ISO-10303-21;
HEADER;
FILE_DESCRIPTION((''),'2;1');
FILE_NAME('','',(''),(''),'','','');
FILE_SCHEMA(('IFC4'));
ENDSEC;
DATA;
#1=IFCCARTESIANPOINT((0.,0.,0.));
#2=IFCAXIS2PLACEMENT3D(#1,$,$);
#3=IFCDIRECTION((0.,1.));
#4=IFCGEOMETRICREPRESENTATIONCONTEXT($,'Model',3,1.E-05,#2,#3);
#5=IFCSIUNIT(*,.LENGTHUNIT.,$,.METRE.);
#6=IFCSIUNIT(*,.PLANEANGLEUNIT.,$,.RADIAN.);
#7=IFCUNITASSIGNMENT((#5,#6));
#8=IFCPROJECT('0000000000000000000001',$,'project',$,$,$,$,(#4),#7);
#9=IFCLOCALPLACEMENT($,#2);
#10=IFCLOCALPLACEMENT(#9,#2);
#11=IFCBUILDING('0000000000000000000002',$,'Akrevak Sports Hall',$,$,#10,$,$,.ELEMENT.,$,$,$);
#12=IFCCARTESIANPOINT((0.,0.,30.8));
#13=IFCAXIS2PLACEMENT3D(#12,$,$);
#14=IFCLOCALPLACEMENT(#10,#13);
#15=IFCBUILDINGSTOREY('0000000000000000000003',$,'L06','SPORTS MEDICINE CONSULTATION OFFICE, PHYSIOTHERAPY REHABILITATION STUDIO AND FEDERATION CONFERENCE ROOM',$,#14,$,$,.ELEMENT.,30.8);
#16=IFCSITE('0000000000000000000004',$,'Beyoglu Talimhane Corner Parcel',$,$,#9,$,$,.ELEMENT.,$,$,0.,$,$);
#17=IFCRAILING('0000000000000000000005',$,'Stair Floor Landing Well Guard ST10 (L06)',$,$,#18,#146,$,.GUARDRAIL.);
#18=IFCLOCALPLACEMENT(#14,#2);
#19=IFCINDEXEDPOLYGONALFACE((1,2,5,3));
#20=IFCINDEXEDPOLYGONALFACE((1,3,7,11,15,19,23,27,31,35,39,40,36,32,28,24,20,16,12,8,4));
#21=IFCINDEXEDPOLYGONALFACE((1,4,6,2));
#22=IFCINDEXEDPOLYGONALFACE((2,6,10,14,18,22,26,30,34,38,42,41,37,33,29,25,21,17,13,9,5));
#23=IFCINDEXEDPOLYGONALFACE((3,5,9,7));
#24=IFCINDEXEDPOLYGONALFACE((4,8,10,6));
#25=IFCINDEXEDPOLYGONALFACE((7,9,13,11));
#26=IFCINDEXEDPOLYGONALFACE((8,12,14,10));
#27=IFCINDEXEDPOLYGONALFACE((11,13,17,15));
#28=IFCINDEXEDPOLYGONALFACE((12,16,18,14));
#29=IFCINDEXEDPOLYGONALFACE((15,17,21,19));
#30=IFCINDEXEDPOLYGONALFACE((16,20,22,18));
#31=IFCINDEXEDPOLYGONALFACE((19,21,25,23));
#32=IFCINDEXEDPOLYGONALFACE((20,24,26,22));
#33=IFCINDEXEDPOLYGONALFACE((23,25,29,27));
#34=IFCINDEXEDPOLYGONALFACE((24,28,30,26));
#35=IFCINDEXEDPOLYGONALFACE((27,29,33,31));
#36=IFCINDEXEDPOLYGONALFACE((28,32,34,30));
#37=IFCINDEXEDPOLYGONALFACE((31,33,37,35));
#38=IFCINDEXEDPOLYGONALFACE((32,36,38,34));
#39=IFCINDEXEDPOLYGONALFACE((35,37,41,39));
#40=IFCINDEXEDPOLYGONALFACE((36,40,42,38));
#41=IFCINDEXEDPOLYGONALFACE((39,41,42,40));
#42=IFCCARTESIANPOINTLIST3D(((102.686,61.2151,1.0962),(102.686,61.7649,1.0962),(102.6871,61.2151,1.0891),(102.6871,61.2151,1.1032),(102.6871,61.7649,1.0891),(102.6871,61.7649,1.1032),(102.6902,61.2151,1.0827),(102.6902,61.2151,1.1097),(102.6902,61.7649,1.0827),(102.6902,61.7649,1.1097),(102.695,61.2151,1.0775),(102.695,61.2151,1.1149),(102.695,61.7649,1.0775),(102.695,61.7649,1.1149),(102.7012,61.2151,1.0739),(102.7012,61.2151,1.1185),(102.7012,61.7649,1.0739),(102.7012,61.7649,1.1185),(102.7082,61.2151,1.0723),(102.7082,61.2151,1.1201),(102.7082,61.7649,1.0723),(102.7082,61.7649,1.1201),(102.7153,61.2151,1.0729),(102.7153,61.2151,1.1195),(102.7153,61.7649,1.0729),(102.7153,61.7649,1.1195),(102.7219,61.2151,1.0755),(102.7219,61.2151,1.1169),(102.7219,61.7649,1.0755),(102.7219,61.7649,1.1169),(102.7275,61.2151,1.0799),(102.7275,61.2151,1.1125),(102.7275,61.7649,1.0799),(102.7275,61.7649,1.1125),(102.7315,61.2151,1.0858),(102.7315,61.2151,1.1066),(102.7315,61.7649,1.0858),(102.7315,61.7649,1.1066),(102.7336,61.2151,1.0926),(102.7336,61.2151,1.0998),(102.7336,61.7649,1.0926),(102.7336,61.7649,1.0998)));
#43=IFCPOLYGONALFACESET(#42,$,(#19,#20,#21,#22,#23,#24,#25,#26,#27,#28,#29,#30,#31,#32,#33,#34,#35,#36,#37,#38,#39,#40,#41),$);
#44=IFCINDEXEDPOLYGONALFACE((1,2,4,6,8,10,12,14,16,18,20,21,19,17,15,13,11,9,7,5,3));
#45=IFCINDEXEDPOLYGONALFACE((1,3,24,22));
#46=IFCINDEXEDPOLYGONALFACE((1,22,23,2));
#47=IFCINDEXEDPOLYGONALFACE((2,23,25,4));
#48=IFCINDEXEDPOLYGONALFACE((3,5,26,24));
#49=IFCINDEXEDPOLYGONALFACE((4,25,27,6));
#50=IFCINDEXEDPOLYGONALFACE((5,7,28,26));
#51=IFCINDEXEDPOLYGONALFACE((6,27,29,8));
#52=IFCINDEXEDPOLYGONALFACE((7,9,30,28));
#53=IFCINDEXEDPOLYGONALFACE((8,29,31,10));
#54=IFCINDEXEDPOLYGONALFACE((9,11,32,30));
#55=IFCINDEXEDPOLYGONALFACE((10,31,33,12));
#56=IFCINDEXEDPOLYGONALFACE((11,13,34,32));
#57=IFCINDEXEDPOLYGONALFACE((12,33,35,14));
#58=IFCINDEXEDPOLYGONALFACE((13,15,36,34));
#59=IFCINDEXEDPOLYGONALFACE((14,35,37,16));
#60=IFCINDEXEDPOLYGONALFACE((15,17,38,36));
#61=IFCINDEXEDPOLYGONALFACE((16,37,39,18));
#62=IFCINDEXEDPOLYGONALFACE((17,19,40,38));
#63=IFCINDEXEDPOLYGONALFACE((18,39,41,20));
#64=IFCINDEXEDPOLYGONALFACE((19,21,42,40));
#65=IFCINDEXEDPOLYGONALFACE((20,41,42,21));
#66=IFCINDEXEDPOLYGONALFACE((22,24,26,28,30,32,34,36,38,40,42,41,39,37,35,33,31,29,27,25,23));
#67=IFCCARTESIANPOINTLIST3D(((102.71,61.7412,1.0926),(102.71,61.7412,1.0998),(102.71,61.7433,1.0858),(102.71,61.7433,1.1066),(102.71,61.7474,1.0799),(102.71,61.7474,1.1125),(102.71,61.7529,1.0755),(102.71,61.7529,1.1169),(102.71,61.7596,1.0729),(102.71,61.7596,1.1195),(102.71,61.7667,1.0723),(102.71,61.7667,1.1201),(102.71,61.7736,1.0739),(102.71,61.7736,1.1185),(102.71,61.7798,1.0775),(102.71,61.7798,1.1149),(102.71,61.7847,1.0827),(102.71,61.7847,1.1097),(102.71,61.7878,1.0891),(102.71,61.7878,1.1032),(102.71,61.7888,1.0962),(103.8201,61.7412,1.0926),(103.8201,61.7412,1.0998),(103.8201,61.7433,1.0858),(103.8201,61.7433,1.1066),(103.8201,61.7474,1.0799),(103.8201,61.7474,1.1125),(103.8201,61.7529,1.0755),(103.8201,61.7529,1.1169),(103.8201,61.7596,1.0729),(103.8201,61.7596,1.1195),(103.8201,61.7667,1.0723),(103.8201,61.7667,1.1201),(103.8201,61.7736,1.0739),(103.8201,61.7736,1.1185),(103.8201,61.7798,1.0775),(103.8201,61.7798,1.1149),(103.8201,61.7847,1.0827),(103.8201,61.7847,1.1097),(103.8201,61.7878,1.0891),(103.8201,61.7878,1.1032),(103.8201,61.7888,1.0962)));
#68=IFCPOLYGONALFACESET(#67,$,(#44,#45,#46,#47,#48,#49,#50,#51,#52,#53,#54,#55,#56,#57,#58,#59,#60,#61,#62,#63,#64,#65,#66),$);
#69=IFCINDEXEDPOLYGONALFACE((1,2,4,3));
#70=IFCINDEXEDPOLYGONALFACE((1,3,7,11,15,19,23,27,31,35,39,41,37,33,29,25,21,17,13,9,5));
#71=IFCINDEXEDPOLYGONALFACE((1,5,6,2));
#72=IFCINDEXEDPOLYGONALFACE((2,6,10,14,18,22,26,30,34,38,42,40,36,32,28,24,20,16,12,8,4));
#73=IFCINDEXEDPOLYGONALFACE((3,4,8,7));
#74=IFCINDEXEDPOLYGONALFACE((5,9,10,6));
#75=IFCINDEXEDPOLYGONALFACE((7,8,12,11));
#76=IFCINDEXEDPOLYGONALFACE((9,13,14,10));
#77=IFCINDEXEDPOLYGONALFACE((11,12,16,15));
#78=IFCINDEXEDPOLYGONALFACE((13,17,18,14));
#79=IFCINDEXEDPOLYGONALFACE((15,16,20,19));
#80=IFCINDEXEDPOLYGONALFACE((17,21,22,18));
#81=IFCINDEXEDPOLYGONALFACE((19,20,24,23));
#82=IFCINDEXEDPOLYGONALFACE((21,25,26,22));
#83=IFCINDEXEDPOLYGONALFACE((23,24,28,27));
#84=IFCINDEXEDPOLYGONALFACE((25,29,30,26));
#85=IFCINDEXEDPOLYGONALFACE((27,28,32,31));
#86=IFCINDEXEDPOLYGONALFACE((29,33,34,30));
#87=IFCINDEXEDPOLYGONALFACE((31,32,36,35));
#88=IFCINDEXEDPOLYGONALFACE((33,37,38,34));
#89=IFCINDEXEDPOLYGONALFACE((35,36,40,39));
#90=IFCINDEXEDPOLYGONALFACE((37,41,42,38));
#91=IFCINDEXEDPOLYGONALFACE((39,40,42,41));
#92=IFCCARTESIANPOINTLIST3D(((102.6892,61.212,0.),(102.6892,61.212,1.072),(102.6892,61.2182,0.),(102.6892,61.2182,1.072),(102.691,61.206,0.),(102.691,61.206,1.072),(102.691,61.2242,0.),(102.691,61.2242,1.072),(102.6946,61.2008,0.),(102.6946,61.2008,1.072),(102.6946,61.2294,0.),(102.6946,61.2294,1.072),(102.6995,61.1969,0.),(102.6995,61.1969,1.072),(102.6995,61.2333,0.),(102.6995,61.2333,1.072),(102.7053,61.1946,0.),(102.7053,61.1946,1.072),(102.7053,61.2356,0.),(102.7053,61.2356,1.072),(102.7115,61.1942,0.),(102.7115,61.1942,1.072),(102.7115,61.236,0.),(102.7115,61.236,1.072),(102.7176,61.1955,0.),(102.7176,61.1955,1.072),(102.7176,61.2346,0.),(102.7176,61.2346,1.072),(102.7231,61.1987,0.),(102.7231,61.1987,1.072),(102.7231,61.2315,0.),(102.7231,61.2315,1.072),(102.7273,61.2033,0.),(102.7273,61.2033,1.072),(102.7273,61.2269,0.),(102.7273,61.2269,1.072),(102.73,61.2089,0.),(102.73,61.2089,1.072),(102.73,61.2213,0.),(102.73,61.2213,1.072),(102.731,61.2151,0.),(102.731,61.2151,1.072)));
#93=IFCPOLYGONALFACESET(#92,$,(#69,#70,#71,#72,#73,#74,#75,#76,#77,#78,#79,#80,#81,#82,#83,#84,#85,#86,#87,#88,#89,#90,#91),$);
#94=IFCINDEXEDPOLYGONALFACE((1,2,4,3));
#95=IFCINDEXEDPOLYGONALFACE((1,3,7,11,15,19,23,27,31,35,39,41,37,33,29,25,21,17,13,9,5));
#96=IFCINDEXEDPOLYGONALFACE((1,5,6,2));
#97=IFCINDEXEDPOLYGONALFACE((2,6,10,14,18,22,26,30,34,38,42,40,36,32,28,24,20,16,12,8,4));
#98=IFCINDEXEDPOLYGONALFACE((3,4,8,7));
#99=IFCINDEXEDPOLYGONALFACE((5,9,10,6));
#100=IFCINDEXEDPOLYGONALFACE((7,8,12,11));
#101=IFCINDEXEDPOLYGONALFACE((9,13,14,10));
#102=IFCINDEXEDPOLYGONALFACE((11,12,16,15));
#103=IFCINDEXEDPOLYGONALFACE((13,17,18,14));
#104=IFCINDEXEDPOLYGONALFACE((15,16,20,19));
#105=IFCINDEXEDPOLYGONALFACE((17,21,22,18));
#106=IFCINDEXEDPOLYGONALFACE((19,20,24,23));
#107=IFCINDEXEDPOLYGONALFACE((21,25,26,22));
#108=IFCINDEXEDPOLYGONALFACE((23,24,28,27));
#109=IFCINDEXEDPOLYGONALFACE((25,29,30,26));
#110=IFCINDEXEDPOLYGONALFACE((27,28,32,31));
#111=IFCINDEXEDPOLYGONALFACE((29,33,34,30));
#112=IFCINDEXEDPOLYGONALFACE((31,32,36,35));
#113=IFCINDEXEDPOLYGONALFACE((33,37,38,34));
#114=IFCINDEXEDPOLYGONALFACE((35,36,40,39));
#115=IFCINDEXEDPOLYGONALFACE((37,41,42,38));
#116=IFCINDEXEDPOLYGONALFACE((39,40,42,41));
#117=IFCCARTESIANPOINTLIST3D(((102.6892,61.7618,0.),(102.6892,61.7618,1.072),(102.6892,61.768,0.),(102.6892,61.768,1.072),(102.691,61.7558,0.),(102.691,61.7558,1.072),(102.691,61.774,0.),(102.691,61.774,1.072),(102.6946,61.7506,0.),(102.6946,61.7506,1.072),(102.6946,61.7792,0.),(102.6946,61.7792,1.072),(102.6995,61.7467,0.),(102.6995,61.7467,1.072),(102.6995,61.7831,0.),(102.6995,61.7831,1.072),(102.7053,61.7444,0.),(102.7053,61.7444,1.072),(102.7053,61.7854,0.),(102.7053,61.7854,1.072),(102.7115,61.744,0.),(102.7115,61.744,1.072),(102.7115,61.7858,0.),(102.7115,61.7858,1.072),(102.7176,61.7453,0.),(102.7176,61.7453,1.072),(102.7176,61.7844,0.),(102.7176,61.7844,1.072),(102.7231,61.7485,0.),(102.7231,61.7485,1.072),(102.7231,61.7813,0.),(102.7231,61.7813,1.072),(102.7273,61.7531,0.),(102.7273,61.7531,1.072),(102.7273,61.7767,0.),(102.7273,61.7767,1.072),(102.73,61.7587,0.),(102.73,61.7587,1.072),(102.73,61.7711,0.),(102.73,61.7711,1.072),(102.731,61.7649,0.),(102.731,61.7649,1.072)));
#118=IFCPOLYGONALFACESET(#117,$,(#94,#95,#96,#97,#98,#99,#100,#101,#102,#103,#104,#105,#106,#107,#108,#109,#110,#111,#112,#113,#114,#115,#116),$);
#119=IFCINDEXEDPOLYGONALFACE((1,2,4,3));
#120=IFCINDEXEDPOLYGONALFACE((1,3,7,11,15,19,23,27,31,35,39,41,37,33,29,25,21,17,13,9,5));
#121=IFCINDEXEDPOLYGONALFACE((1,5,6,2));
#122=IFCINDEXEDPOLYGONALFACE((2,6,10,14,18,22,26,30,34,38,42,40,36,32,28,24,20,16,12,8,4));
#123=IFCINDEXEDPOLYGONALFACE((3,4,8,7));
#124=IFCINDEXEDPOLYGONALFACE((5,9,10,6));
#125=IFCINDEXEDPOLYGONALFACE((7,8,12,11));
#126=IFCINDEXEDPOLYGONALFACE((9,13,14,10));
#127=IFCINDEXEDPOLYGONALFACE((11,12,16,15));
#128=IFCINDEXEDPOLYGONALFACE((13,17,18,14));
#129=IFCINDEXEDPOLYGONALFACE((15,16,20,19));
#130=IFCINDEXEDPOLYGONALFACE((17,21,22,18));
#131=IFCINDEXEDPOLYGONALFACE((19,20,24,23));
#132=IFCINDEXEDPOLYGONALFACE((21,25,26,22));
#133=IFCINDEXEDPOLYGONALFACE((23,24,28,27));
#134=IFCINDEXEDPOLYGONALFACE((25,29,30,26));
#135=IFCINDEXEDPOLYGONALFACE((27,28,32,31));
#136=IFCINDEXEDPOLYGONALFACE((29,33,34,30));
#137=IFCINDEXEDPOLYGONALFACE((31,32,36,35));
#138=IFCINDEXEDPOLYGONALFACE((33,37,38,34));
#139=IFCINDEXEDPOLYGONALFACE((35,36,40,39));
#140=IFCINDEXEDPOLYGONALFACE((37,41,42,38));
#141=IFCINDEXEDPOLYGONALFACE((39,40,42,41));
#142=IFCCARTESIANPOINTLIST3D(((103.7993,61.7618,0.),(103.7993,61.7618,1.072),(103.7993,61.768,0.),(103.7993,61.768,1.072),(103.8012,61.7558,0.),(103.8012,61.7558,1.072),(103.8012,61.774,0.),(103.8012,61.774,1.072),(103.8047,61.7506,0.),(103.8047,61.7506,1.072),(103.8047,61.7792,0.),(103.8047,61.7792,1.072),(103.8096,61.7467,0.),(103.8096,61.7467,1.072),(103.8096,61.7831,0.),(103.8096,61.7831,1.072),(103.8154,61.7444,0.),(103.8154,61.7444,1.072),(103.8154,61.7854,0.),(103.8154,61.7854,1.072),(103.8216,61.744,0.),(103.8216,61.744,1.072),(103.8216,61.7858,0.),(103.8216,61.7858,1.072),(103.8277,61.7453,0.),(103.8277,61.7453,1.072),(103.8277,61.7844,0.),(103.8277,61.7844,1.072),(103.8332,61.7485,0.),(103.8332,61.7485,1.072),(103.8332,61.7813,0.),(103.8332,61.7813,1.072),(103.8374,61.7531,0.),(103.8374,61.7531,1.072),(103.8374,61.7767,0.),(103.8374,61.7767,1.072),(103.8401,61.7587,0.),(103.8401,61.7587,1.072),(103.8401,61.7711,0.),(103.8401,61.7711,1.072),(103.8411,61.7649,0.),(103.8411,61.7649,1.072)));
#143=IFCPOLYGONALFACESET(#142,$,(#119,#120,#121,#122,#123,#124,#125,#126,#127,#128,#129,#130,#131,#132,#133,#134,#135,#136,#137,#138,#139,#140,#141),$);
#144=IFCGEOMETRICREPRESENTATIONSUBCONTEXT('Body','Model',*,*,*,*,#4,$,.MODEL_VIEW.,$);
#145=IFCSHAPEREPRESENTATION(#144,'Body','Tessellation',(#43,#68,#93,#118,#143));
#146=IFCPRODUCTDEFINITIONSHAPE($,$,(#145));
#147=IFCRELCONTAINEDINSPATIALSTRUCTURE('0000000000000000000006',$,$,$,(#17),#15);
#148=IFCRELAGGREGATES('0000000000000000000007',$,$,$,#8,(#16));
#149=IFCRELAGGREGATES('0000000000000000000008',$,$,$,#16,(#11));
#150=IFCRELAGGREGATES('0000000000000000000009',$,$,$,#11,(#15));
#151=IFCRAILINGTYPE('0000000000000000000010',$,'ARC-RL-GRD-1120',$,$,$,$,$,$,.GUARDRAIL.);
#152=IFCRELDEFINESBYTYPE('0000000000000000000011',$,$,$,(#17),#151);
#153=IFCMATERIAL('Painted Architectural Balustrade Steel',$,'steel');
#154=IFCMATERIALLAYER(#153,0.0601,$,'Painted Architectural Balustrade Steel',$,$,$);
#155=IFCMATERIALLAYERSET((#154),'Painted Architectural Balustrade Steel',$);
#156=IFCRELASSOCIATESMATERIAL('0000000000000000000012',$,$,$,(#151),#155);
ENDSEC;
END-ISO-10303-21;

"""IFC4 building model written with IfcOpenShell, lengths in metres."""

from ifc_helpers import new_model, si_unit, direction, frame, origin, origin_2d, place, context, subcontext, project, spatial, circle, extrude, material, layer, layer_set, type_object, element, save


model = new_model("IFC4")

# Units and contexts
model_context = context("Model", 3, precision=1e-05, world=origin(), true_north=direction((0.0, 1.0)))
body_context = subcontext(model_context, "Body", "Model", "MODEL_VIEW")
ifc_project = project(units=[si_unit("LENGTHUNIT", "METRE"), si_unit("PLANEANGLEUNIT", "RADIAN")], contexts=[model_context])

# Site, building, storey
site_placement = place(None, origin())
site = spatial("IfcSite", under=ifc_project, at=site_placement, Name="Beyoglu Talimhane Corner Parcel", CompositionType="ELEMENT", RefElevation=0.0)
building_placement = place(site_placement, origin())
building = spatial("IfcBuilding", under=site, at=building_placement, Name="Akrevak Sports Hall", CompositionType="ELEMENT")
storey_placement = place(building_placement, frame((0.0, 0.0, 30.8)))
storey = spatial("IfcBuildingStorey", under=building, at=storey_placement, Name="L06", Description="SPORTS MEDICINE CONSULTATION OFFICE, PHYSIOTHERAPY REHABILITATION STUDIO AND FEDERATION CONFERENCE ROOM", CompositionType="ELEMENT", Elevation=30.8)

# Railing
ifc_material_1 = material(Name="Painted Architectural Balustrade Steel", Category="steel")
ifc_layer_1 = layer(ifc_material_1, 0.0601, Name="Painted Architectural Balustrade Steel")
ifc_layer_set_1 = layer_set([ifc_layer_1], Name="Painted Architectural Balustrade Steel")
railing_type_1 = type_object("IfcRailingType", Name="ARC-RL-GRD-1120", PredefinedType="GUARDRAIL", material=ifc_layer_set_1)
for number, where, name in (
    (1, (102.71, 61.2151, 0.0), "Stair Floor Landing Well Guard ST10 (L06)"),
):
    element("IfcRailing", number, at=place(storey_placement, frame(where)), inside=storey, type_object=railing_type_1, Name=name, PredefinedType="GUARDRAIL", context=body_context, shape_type="SweptSolid", body=[
        extrude(circle(Radius=0.0239, at=origin_2d()), frame((0.0, 0.0, 1.0962), z_axis=(0.0, 1.0, 0.0), x_axis=(-1.0, 0.0, 0.0)), (0.0, 0.0, 1.0), 0.5498),
        extrude(circle(Radius=0.0239, at=origin_2d()), frame((0.0, 0.5498, 1.0962), z_axis=(1.0, 0.0, 0.0), x_axis=(0.0, 1.0, 0.0)), (0.0, 0.0, 1.0), 1.1101),
        extrude(circle(Radius=0.021, at=origin_2d()), origin(), (0.0, 0.0, 1.0), 1.072),
        extrude(circle(Radius=0.021, at=origin_2d()), frame((0.0, 0.5498, 0.0)), (0.0, 0.0, 1.0), 1.072),
        extrude(circle(Radius=0.021, at=origin_2d()), frame((1.1101, 0.5498, 0.0)), (0.0, 0.0, 1.0), 1.072),
    ])

save(model, "model.ifc")
